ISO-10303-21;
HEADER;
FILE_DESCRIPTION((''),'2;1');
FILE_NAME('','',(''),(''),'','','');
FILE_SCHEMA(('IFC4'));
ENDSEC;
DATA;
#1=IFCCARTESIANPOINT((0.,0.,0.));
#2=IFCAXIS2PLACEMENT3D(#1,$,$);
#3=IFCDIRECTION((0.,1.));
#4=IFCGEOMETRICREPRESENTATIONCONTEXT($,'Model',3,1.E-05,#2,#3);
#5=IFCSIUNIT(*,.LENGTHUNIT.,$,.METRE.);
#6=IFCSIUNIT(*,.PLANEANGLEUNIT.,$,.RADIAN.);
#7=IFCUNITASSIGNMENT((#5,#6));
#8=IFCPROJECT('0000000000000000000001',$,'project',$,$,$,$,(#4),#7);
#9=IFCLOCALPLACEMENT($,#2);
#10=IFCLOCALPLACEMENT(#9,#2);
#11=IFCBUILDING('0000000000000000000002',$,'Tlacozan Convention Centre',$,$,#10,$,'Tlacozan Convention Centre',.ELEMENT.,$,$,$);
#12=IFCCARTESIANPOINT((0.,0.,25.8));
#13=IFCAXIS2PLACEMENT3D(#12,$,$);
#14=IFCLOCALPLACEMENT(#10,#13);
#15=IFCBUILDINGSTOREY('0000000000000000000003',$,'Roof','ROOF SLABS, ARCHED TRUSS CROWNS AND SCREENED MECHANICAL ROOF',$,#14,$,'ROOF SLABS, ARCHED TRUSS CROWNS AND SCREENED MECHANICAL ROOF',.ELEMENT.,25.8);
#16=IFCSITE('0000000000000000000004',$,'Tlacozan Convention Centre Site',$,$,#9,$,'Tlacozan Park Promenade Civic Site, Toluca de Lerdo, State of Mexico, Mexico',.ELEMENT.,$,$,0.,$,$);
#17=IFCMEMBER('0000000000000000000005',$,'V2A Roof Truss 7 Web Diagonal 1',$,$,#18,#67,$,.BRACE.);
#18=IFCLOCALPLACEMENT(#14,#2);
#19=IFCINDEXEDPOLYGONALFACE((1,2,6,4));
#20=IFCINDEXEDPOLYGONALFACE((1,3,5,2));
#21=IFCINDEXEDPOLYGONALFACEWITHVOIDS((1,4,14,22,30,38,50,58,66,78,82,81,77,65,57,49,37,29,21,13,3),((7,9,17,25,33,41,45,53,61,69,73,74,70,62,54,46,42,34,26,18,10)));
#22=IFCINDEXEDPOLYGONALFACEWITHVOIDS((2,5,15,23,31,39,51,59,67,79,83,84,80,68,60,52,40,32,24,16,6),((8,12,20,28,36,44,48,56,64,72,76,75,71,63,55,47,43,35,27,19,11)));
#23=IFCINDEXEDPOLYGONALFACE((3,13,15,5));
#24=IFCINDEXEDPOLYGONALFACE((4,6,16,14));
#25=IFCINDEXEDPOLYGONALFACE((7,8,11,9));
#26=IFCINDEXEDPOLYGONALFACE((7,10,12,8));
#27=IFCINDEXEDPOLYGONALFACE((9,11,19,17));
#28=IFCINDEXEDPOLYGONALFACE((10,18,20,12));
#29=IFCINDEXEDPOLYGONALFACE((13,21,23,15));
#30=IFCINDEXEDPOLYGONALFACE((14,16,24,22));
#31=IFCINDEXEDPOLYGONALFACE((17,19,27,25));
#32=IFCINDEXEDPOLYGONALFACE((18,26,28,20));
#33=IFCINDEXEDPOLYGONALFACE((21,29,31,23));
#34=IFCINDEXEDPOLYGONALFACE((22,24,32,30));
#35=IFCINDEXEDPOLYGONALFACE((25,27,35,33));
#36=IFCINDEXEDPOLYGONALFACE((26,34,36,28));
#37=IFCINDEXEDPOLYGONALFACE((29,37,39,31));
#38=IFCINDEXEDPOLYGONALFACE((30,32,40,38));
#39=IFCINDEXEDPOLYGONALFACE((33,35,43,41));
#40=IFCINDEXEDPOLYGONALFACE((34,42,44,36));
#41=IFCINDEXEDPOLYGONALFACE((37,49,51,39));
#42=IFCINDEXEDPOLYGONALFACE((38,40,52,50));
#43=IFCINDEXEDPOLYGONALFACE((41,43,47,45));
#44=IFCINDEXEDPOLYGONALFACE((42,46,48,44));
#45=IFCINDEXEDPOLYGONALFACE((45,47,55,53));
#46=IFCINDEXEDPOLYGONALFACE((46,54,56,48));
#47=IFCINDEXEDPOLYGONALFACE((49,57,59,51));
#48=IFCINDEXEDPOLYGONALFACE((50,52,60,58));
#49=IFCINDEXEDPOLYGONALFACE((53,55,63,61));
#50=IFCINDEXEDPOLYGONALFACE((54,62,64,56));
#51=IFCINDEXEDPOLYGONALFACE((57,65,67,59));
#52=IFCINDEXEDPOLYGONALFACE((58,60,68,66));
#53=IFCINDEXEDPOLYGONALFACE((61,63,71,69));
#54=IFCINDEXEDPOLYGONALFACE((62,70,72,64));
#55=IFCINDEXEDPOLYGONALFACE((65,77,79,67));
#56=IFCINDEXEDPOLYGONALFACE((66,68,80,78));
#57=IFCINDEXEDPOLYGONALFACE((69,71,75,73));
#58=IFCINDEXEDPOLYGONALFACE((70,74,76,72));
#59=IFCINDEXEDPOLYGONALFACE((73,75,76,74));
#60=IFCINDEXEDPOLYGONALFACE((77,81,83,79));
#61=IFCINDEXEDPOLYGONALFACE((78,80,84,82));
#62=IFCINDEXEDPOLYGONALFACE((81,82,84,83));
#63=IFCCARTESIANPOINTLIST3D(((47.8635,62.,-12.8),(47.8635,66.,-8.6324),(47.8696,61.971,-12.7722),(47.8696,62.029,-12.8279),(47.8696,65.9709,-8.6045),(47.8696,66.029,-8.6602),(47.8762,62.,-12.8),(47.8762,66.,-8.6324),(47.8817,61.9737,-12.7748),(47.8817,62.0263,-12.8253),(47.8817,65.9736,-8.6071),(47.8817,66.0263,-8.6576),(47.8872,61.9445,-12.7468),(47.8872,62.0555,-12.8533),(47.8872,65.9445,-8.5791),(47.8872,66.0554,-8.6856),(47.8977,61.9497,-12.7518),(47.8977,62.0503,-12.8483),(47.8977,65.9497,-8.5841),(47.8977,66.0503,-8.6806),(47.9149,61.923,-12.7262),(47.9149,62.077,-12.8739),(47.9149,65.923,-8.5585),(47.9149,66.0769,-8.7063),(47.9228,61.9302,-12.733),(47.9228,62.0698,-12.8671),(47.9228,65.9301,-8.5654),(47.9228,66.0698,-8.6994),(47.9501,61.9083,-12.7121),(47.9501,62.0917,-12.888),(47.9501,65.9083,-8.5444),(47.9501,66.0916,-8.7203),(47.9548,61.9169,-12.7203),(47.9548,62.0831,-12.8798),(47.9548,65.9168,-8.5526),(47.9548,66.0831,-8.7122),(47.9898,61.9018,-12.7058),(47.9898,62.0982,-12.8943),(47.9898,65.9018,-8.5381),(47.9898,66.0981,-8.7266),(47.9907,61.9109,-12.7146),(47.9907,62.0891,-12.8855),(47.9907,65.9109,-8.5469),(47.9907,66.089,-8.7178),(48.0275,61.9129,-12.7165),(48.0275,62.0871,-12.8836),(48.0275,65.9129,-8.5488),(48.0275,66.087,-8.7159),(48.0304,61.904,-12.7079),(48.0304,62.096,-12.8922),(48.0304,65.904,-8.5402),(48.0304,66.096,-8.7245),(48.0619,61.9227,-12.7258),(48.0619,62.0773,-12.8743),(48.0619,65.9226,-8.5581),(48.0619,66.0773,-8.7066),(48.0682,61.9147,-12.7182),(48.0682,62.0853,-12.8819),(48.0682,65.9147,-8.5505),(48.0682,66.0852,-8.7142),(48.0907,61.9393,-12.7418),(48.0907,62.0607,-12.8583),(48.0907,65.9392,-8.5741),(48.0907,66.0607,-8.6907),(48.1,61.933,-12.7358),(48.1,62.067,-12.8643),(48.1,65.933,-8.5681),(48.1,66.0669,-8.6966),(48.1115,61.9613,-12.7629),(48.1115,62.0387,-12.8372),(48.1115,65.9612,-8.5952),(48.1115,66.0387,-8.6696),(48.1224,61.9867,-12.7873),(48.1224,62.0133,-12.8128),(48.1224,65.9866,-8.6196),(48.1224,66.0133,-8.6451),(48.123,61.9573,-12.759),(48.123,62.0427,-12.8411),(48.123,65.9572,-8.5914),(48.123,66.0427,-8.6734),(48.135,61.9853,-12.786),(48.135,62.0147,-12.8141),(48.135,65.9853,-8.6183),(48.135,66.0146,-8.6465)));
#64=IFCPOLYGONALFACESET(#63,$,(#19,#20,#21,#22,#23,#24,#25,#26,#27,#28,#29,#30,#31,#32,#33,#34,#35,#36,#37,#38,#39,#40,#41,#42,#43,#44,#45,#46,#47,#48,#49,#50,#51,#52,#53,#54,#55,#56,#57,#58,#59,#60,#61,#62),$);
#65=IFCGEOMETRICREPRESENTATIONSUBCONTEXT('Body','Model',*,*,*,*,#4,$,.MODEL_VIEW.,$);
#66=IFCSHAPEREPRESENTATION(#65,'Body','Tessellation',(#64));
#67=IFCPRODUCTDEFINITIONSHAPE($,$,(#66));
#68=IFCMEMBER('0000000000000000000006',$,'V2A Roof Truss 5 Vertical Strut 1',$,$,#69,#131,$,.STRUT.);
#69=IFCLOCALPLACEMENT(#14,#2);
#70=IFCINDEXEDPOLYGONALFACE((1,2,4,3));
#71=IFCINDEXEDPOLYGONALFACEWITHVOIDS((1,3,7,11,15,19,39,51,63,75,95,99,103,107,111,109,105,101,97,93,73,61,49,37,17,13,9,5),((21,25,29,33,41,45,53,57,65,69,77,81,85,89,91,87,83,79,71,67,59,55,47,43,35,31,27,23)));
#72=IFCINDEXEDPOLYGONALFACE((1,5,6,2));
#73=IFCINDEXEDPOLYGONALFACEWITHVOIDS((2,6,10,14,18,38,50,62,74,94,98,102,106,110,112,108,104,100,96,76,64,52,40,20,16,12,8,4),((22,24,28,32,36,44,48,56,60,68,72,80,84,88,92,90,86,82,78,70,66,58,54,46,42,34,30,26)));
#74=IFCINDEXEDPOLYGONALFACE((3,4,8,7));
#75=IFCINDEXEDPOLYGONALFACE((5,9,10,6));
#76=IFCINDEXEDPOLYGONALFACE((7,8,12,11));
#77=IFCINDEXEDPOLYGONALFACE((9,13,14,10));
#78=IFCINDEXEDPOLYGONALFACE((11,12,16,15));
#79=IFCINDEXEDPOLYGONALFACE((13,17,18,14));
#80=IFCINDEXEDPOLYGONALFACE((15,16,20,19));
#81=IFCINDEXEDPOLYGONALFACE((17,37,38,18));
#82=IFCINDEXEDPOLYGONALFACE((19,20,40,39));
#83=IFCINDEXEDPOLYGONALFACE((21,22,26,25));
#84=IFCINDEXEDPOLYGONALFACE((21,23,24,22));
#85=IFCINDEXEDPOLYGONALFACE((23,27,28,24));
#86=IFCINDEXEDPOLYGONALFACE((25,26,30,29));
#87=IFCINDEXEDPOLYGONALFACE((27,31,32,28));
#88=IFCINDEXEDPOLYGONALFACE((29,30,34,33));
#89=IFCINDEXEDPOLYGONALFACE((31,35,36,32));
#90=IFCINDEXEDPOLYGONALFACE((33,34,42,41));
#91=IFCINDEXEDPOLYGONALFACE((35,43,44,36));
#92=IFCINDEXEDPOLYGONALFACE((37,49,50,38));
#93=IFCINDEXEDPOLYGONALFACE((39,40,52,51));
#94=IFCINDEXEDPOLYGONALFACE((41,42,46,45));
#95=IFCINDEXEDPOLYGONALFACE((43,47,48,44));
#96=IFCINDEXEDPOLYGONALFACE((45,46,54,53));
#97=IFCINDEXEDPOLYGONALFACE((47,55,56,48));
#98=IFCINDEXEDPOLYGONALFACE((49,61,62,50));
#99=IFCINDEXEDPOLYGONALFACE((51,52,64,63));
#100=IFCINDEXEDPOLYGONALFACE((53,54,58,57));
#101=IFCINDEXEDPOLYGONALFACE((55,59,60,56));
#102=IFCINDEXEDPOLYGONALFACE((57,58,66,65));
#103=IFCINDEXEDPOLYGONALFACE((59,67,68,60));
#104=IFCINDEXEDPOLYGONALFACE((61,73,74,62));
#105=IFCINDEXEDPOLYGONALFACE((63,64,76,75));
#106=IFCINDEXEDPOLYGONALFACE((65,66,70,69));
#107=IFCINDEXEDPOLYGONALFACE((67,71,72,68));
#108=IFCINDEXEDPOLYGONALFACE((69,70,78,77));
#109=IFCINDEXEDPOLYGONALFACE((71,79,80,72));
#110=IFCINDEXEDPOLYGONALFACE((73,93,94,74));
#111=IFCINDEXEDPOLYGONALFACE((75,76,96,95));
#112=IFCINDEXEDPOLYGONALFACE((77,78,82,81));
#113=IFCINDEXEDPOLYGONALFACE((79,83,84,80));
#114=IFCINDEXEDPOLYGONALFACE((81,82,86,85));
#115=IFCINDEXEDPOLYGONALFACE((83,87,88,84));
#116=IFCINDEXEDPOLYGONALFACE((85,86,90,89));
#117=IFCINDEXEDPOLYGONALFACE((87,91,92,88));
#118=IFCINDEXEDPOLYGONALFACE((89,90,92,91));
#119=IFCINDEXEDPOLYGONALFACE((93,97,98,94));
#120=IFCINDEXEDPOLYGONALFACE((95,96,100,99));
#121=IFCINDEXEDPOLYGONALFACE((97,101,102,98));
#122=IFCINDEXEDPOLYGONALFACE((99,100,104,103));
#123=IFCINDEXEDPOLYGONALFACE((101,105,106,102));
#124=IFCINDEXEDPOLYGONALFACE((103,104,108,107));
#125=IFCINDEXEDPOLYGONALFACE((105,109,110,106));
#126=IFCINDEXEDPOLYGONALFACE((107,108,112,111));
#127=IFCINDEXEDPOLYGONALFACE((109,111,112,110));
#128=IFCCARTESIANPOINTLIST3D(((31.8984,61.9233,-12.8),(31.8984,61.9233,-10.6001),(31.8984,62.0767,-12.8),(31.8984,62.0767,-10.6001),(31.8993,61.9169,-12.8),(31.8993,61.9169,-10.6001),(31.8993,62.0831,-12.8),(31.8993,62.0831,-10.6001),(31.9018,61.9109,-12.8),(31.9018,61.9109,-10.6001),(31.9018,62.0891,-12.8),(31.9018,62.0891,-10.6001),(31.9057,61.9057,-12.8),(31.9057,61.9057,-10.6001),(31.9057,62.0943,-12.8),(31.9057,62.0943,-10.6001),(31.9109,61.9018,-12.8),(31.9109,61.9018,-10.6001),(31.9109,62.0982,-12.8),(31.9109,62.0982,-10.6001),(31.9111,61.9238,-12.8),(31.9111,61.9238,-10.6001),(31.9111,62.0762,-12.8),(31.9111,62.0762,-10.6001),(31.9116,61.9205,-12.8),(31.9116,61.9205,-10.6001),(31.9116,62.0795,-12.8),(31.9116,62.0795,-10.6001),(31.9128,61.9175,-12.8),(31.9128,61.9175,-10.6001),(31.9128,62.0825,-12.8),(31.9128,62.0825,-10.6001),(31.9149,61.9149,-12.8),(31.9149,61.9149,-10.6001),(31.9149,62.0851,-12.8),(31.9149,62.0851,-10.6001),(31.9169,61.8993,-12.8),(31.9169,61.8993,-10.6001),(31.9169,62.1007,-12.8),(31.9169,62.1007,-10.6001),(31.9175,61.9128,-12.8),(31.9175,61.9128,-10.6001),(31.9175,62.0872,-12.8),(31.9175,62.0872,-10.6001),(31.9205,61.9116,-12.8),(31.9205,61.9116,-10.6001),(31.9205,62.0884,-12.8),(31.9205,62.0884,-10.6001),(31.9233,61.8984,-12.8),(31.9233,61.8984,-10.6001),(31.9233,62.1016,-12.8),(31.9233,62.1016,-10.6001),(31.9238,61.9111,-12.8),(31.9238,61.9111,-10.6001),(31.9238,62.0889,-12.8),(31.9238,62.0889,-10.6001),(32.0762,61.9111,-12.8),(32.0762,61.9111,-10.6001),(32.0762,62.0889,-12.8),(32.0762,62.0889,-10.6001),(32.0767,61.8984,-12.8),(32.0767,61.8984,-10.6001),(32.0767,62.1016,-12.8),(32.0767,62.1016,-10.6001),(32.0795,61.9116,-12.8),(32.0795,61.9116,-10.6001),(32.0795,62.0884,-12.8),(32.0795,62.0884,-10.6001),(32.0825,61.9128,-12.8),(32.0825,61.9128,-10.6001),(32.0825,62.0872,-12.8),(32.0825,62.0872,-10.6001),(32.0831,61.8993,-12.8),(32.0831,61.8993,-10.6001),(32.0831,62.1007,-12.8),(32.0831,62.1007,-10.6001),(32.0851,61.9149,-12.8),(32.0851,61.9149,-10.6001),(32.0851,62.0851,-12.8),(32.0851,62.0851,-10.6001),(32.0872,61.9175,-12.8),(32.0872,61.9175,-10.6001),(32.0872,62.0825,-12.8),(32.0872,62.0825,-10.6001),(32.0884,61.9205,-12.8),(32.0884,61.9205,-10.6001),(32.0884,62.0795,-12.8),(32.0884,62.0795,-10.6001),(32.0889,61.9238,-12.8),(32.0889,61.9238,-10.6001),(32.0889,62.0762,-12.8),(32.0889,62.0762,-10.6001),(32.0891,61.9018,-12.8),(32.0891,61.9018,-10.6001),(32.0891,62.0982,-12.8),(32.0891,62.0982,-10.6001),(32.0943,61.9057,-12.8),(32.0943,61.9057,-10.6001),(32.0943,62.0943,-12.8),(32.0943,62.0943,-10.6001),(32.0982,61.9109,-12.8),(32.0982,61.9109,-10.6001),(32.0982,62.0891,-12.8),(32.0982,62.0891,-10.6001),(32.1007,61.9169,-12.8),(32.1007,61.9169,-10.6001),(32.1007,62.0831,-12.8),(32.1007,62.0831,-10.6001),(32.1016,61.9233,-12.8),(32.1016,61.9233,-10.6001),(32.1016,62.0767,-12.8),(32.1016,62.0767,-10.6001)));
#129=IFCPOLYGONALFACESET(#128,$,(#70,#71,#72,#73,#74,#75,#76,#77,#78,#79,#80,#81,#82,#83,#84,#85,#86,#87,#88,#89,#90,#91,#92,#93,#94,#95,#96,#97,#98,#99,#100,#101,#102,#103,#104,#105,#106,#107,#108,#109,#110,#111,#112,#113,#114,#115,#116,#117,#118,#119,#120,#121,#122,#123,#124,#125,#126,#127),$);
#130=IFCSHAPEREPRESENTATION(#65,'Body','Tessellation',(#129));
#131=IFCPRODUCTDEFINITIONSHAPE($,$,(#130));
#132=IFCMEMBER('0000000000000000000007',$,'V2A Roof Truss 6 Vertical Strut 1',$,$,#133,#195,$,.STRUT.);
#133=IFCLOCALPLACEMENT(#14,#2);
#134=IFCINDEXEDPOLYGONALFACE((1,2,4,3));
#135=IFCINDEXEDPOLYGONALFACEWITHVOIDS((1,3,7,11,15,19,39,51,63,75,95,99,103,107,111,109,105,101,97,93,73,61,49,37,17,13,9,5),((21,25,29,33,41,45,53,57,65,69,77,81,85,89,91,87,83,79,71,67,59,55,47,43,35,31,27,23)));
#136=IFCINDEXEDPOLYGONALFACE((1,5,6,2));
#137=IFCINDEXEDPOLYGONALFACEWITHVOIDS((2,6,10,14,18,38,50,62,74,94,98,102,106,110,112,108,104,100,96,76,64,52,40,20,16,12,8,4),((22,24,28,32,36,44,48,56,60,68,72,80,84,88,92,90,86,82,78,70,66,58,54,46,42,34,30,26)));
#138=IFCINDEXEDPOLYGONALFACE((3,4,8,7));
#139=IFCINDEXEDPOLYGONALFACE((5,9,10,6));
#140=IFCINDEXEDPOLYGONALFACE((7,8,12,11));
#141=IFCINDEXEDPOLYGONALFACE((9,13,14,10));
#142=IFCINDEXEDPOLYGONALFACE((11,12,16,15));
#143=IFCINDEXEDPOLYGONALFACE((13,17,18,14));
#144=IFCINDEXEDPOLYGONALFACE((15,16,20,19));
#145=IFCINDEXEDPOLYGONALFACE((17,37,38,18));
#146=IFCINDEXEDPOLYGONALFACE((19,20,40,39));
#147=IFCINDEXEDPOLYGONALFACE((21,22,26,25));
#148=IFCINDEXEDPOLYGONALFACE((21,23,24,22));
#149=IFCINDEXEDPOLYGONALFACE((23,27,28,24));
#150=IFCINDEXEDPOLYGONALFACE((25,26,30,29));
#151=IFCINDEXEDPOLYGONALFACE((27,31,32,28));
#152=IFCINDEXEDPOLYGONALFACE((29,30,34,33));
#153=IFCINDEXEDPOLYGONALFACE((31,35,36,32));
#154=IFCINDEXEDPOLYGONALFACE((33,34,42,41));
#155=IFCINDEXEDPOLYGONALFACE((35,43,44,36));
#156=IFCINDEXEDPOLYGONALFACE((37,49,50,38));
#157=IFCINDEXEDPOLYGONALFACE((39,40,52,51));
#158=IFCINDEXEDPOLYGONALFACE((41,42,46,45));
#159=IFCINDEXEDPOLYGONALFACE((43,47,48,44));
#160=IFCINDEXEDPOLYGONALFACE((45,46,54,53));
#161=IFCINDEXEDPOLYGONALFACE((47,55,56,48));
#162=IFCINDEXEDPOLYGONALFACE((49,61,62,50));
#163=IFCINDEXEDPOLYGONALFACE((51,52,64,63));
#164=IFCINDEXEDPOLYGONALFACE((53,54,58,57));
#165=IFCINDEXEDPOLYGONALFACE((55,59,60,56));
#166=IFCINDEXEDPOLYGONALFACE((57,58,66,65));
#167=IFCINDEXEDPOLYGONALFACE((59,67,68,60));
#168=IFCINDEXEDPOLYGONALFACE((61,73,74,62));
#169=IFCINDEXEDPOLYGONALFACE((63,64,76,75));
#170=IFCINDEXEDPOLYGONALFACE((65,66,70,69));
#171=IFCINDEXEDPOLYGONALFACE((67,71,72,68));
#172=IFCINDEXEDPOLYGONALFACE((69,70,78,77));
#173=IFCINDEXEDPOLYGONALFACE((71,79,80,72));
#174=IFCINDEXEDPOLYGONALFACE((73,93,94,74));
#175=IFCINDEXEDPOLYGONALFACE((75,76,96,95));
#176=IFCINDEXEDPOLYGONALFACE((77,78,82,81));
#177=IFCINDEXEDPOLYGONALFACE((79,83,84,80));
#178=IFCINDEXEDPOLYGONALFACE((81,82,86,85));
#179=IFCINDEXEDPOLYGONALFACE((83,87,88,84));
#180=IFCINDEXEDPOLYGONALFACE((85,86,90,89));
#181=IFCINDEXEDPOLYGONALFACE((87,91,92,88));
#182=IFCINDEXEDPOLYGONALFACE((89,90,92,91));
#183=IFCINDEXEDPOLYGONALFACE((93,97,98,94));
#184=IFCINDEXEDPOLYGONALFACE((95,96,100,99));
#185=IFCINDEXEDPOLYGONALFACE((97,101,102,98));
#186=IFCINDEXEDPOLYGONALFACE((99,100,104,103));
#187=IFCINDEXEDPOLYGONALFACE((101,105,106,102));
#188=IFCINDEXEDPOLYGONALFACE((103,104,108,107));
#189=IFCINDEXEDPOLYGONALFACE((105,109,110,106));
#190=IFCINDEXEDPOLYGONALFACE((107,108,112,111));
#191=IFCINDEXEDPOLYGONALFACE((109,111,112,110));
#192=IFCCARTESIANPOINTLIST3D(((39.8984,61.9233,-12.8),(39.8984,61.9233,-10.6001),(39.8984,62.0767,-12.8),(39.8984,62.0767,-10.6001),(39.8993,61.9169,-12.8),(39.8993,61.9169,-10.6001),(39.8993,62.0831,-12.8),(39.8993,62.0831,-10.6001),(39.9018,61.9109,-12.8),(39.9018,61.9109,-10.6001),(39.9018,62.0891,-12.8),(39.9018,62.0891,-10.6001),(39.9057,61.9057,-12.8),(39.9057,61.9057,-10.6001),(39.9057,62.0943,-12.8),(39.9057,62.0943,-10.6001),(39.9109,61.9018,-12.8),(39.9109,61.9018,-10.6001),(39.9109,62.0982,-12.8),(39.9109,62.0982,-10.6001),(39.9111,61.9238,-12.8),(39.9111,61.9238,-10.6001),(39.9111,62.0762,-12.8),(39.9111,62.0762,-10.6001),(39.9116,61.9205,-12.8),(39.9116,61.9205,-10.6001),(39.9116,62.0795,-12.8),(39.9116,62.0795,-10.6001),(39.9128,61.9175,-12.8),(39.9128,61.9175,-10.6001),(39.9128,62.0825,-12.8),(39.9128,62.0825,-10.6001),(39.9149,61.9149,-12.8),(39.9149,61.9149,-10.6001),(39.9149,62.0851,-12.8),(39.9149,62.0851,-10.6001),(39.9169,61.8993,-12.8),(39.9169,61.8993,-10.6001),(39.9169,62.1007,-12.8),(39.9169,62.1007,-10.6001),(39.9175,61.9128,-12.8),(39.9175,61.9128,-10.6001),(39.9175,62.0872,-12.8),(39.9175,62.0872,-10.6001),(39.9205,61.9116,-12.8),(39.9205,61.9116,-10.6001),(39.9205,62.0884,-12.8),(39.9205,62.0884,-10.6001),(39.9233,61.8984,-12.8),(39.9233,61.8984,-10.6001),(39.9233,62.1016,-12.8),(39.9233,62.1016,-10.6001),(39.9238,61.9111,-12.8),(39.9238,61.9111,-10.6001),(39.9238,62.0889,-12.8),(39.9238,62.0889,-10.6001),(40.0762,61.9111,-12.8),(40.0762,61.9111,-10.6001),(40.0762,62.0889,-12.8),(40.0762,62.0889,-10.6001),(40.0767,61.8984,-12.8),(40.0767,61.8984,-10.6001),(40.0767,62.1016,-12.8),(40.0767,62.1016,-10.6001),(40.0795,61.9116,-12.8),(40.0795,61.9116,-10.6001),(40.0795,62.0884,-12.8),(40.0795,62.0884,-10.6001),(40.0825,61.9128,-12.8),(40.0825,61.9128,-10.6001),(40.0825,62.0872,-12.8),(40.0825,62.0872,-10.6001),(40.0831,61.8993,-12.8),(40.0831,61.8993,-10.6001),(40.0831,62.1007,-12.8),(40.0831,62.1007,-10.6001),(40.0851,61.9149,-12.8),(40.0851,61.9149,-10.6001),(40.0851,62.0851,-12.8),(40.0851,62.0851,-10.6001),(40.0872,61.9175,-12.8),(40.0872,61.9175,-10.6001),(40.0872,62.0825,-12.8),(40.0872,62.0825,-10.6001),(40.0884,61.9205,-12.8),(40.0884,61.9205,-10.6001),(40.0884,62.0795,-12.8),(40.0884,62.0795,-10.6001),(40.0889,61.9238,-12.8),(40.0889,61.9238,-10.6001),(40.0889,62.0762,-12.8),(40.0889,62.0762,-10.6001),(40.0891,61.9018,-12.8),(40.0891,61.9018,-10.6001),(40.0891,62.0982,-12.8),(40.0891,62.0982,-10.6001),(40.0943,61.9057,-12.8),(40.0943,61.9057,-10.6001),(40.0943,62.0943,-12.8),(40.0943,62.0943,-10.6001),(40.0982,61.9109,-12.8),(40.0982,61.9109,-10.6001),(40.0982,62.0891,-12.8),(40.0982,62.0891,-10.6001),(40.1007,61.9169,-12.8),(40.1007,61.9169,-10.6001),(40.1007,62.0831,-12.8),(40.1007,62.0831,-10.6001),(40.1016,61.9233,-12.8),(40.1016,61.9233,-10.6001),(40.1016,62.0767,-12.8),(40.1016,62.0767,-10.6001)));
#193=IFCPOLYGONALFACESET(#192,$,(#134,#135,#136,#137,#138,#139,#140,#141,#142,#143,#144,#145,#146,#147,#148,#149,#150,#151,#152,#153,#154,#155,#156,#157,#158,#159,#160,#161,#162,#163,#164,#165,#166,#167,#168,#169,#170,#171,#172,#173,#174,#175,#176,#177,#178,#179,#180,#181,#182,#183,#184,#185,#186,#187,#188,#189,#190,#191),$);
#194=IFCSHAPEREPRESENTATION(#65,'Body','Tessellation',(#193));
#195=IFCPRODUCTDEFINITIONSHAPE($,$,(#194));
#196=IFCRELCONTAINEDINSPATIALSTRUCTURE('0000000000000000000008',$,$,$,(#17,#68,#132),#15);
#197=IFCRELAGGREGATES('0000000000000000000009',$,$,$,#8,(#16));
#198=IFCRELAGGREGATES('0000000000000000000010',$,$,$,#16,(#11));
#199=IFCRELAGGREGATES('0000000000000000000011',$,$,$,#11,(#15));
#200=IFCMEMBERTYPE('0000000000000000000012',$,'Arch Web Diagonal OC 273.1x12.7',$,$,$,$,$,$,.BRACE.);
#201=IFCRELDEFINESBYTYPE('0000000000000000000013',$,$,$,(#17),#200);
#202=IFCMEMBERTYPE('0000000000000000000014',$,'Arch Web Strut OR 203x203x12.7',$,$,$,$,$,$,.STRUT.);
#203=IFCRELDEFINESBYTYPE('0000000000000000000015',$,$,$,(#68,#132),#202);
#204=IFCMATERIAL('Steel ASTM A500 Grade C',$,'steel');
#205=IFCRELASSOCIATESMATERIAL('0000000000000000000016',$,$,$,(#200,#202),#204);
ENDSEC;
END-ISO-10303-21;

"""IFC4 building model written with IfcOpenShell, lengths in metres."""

from ifc_helpers import new_model, si_unit, direction, frame, origin, origin_2d, place, context, subcontext, project, spatial, hollow_rectangle, hollow_circle, extrude, material, material_profile, profile_set, type_object, element, save


model = new_model("IFC4")

# Units and contexts
model_context = context("Model", 3, precision=1e-05, world=origin(), true_north=direction((0.0, 1.0)))
body_context = subcontext(model_context, "Body", "Model", "MODEL_VIEW")
ifc_project = project(units=[si_unit("LENGTHUNIT", "METRE"), si_unit("PLANEANGLEUNIT", "RADIAN")], contexts=[model_context])

# Site, building, storey
site_placement = place(None, origin())
site = spatial("IfcSite", under=ifc_project, at=site_placement, Name="Tlacozan Convention Centre Site", LongName="Tlacozan Park Promenade Civic Site, Toluca de Lerdo, State of Mexico, Mexico", CompositionType="ELEMENT", RefElevation=0.0)
building_placement = place(site_placement, origin())
building = spatial("IfcBuilding", under=site, at=building_placement, Name="Tlacozan Convention Centre", LongName="Tlacozan Convention Centre", CompositionType="ELEMENT")
storey_placement = place(building_placement, frame((0.0, 0.0, 25.8)))
storey = spatial("IfcBuildingStorey", under=building, at=storey_placement, Name="Roof", Description="ROOF SLABS, ARCHED TRUSS CROWNS AND SCREENED MECHANICAL ROOF", LongName="ROOF SLABS, ARCHED TRUSS CROWNS AND SCREENED MECHANICAL ROOF", CompositionType="ELEMENT", Elevation=25.8)

# Members
ifc_material_1 = material(Name="Steel ASTM A500 Grade C", Category="steel")
ifc_material_profile_1 = material_profile(ifc_material_1, hollow_circle(Radius=0.1365, WallThickness=0.0127, at=origin_2d()), Name="OC 273.1x12.7")
ifc_profile_set_1 = profile_set([ifc_material_profile_1], Name="Steel ASTM A500 Grade C")
member_type_1 = type_object("IfcMemberType", Name="Arch Web Diagonal OC 273.1x12.7", PredefinedType="BRACE", material=ifc_profile_set_1)
member_1_placement = place(storey_placement, frame((48.0, 62.0, -12.8), z_axis=(0.0, 0.69244, 0.721475), x_axis=(-1.0, 0.0, 0.0)))
element("IfcMember", 1, at=member_1_placement, inside=storey, type_object=member_type_1, Name="V2A Roof Truss 7 Web Diagonal 1", PredefinedType="BRACE", context=body_context, shape_type="SweptSolid", body=[
    extrude(hollow_circle(Radius=0.1365, WallThickness=0.0127, at=origin_2d()), origin(), (0.0, 0.0, 1.0), 5.7766),
])
ifc_material_profile_2 = material_profile(ifc_material_1, hollow_rectangle(XDim=0.2031, YDim=0.2031, WallThickness=0.0127, InnerFilletRadius=0.0127, OuterFilletRadius=0.0249, at=origin_2d()), Name="OR 203x203x12.7")
ifc_profile_set_2 = profile_set([ifc_material_profile_2], Name="Steel ASTM A500 Grade C")
member_type_2 = type_object("IfcMemberType", Name="Arch Web Strut OR 203x203x12.7", PredefinedType="STRUT", material=ifc_profile_set_2)
for number, where, z_axis, x_axis, name in (
    (2, (32.0, 62.0, -12.8), (0.0, 0.0, 1.0), (1.0, 0.0, 0.0), "V2A Roof Truss 5 Vertical Strut 1"),
    (3, (40.0, 62.0, -12.8), (0.0, 0.0, 1.0), (1.0, 0.0, 0.0), "V2A Roof Truss 6 Vertical Strut 1"),
):
    element("IfcMember", number, at=place(storey_placement, frame(where, z_axis=z_axis, x_axis=x_axis)), inside=storey, type_object=member_type_2, Name=name, PredefinedType="STRUT", context=body_context, shape_type="SweptSolid", body=[
        extrude(hollow_rectangle(XDim=0.2031, YDim=0.2031, WallThickness=0.0127, InnerFilletRadius=0.0127, OuterFilletRadius=0.0249, at=origin_2d()), origin(), (0.0, 0.0, 1.0), 2.2),
    ])

save(model, "model.ifc")
